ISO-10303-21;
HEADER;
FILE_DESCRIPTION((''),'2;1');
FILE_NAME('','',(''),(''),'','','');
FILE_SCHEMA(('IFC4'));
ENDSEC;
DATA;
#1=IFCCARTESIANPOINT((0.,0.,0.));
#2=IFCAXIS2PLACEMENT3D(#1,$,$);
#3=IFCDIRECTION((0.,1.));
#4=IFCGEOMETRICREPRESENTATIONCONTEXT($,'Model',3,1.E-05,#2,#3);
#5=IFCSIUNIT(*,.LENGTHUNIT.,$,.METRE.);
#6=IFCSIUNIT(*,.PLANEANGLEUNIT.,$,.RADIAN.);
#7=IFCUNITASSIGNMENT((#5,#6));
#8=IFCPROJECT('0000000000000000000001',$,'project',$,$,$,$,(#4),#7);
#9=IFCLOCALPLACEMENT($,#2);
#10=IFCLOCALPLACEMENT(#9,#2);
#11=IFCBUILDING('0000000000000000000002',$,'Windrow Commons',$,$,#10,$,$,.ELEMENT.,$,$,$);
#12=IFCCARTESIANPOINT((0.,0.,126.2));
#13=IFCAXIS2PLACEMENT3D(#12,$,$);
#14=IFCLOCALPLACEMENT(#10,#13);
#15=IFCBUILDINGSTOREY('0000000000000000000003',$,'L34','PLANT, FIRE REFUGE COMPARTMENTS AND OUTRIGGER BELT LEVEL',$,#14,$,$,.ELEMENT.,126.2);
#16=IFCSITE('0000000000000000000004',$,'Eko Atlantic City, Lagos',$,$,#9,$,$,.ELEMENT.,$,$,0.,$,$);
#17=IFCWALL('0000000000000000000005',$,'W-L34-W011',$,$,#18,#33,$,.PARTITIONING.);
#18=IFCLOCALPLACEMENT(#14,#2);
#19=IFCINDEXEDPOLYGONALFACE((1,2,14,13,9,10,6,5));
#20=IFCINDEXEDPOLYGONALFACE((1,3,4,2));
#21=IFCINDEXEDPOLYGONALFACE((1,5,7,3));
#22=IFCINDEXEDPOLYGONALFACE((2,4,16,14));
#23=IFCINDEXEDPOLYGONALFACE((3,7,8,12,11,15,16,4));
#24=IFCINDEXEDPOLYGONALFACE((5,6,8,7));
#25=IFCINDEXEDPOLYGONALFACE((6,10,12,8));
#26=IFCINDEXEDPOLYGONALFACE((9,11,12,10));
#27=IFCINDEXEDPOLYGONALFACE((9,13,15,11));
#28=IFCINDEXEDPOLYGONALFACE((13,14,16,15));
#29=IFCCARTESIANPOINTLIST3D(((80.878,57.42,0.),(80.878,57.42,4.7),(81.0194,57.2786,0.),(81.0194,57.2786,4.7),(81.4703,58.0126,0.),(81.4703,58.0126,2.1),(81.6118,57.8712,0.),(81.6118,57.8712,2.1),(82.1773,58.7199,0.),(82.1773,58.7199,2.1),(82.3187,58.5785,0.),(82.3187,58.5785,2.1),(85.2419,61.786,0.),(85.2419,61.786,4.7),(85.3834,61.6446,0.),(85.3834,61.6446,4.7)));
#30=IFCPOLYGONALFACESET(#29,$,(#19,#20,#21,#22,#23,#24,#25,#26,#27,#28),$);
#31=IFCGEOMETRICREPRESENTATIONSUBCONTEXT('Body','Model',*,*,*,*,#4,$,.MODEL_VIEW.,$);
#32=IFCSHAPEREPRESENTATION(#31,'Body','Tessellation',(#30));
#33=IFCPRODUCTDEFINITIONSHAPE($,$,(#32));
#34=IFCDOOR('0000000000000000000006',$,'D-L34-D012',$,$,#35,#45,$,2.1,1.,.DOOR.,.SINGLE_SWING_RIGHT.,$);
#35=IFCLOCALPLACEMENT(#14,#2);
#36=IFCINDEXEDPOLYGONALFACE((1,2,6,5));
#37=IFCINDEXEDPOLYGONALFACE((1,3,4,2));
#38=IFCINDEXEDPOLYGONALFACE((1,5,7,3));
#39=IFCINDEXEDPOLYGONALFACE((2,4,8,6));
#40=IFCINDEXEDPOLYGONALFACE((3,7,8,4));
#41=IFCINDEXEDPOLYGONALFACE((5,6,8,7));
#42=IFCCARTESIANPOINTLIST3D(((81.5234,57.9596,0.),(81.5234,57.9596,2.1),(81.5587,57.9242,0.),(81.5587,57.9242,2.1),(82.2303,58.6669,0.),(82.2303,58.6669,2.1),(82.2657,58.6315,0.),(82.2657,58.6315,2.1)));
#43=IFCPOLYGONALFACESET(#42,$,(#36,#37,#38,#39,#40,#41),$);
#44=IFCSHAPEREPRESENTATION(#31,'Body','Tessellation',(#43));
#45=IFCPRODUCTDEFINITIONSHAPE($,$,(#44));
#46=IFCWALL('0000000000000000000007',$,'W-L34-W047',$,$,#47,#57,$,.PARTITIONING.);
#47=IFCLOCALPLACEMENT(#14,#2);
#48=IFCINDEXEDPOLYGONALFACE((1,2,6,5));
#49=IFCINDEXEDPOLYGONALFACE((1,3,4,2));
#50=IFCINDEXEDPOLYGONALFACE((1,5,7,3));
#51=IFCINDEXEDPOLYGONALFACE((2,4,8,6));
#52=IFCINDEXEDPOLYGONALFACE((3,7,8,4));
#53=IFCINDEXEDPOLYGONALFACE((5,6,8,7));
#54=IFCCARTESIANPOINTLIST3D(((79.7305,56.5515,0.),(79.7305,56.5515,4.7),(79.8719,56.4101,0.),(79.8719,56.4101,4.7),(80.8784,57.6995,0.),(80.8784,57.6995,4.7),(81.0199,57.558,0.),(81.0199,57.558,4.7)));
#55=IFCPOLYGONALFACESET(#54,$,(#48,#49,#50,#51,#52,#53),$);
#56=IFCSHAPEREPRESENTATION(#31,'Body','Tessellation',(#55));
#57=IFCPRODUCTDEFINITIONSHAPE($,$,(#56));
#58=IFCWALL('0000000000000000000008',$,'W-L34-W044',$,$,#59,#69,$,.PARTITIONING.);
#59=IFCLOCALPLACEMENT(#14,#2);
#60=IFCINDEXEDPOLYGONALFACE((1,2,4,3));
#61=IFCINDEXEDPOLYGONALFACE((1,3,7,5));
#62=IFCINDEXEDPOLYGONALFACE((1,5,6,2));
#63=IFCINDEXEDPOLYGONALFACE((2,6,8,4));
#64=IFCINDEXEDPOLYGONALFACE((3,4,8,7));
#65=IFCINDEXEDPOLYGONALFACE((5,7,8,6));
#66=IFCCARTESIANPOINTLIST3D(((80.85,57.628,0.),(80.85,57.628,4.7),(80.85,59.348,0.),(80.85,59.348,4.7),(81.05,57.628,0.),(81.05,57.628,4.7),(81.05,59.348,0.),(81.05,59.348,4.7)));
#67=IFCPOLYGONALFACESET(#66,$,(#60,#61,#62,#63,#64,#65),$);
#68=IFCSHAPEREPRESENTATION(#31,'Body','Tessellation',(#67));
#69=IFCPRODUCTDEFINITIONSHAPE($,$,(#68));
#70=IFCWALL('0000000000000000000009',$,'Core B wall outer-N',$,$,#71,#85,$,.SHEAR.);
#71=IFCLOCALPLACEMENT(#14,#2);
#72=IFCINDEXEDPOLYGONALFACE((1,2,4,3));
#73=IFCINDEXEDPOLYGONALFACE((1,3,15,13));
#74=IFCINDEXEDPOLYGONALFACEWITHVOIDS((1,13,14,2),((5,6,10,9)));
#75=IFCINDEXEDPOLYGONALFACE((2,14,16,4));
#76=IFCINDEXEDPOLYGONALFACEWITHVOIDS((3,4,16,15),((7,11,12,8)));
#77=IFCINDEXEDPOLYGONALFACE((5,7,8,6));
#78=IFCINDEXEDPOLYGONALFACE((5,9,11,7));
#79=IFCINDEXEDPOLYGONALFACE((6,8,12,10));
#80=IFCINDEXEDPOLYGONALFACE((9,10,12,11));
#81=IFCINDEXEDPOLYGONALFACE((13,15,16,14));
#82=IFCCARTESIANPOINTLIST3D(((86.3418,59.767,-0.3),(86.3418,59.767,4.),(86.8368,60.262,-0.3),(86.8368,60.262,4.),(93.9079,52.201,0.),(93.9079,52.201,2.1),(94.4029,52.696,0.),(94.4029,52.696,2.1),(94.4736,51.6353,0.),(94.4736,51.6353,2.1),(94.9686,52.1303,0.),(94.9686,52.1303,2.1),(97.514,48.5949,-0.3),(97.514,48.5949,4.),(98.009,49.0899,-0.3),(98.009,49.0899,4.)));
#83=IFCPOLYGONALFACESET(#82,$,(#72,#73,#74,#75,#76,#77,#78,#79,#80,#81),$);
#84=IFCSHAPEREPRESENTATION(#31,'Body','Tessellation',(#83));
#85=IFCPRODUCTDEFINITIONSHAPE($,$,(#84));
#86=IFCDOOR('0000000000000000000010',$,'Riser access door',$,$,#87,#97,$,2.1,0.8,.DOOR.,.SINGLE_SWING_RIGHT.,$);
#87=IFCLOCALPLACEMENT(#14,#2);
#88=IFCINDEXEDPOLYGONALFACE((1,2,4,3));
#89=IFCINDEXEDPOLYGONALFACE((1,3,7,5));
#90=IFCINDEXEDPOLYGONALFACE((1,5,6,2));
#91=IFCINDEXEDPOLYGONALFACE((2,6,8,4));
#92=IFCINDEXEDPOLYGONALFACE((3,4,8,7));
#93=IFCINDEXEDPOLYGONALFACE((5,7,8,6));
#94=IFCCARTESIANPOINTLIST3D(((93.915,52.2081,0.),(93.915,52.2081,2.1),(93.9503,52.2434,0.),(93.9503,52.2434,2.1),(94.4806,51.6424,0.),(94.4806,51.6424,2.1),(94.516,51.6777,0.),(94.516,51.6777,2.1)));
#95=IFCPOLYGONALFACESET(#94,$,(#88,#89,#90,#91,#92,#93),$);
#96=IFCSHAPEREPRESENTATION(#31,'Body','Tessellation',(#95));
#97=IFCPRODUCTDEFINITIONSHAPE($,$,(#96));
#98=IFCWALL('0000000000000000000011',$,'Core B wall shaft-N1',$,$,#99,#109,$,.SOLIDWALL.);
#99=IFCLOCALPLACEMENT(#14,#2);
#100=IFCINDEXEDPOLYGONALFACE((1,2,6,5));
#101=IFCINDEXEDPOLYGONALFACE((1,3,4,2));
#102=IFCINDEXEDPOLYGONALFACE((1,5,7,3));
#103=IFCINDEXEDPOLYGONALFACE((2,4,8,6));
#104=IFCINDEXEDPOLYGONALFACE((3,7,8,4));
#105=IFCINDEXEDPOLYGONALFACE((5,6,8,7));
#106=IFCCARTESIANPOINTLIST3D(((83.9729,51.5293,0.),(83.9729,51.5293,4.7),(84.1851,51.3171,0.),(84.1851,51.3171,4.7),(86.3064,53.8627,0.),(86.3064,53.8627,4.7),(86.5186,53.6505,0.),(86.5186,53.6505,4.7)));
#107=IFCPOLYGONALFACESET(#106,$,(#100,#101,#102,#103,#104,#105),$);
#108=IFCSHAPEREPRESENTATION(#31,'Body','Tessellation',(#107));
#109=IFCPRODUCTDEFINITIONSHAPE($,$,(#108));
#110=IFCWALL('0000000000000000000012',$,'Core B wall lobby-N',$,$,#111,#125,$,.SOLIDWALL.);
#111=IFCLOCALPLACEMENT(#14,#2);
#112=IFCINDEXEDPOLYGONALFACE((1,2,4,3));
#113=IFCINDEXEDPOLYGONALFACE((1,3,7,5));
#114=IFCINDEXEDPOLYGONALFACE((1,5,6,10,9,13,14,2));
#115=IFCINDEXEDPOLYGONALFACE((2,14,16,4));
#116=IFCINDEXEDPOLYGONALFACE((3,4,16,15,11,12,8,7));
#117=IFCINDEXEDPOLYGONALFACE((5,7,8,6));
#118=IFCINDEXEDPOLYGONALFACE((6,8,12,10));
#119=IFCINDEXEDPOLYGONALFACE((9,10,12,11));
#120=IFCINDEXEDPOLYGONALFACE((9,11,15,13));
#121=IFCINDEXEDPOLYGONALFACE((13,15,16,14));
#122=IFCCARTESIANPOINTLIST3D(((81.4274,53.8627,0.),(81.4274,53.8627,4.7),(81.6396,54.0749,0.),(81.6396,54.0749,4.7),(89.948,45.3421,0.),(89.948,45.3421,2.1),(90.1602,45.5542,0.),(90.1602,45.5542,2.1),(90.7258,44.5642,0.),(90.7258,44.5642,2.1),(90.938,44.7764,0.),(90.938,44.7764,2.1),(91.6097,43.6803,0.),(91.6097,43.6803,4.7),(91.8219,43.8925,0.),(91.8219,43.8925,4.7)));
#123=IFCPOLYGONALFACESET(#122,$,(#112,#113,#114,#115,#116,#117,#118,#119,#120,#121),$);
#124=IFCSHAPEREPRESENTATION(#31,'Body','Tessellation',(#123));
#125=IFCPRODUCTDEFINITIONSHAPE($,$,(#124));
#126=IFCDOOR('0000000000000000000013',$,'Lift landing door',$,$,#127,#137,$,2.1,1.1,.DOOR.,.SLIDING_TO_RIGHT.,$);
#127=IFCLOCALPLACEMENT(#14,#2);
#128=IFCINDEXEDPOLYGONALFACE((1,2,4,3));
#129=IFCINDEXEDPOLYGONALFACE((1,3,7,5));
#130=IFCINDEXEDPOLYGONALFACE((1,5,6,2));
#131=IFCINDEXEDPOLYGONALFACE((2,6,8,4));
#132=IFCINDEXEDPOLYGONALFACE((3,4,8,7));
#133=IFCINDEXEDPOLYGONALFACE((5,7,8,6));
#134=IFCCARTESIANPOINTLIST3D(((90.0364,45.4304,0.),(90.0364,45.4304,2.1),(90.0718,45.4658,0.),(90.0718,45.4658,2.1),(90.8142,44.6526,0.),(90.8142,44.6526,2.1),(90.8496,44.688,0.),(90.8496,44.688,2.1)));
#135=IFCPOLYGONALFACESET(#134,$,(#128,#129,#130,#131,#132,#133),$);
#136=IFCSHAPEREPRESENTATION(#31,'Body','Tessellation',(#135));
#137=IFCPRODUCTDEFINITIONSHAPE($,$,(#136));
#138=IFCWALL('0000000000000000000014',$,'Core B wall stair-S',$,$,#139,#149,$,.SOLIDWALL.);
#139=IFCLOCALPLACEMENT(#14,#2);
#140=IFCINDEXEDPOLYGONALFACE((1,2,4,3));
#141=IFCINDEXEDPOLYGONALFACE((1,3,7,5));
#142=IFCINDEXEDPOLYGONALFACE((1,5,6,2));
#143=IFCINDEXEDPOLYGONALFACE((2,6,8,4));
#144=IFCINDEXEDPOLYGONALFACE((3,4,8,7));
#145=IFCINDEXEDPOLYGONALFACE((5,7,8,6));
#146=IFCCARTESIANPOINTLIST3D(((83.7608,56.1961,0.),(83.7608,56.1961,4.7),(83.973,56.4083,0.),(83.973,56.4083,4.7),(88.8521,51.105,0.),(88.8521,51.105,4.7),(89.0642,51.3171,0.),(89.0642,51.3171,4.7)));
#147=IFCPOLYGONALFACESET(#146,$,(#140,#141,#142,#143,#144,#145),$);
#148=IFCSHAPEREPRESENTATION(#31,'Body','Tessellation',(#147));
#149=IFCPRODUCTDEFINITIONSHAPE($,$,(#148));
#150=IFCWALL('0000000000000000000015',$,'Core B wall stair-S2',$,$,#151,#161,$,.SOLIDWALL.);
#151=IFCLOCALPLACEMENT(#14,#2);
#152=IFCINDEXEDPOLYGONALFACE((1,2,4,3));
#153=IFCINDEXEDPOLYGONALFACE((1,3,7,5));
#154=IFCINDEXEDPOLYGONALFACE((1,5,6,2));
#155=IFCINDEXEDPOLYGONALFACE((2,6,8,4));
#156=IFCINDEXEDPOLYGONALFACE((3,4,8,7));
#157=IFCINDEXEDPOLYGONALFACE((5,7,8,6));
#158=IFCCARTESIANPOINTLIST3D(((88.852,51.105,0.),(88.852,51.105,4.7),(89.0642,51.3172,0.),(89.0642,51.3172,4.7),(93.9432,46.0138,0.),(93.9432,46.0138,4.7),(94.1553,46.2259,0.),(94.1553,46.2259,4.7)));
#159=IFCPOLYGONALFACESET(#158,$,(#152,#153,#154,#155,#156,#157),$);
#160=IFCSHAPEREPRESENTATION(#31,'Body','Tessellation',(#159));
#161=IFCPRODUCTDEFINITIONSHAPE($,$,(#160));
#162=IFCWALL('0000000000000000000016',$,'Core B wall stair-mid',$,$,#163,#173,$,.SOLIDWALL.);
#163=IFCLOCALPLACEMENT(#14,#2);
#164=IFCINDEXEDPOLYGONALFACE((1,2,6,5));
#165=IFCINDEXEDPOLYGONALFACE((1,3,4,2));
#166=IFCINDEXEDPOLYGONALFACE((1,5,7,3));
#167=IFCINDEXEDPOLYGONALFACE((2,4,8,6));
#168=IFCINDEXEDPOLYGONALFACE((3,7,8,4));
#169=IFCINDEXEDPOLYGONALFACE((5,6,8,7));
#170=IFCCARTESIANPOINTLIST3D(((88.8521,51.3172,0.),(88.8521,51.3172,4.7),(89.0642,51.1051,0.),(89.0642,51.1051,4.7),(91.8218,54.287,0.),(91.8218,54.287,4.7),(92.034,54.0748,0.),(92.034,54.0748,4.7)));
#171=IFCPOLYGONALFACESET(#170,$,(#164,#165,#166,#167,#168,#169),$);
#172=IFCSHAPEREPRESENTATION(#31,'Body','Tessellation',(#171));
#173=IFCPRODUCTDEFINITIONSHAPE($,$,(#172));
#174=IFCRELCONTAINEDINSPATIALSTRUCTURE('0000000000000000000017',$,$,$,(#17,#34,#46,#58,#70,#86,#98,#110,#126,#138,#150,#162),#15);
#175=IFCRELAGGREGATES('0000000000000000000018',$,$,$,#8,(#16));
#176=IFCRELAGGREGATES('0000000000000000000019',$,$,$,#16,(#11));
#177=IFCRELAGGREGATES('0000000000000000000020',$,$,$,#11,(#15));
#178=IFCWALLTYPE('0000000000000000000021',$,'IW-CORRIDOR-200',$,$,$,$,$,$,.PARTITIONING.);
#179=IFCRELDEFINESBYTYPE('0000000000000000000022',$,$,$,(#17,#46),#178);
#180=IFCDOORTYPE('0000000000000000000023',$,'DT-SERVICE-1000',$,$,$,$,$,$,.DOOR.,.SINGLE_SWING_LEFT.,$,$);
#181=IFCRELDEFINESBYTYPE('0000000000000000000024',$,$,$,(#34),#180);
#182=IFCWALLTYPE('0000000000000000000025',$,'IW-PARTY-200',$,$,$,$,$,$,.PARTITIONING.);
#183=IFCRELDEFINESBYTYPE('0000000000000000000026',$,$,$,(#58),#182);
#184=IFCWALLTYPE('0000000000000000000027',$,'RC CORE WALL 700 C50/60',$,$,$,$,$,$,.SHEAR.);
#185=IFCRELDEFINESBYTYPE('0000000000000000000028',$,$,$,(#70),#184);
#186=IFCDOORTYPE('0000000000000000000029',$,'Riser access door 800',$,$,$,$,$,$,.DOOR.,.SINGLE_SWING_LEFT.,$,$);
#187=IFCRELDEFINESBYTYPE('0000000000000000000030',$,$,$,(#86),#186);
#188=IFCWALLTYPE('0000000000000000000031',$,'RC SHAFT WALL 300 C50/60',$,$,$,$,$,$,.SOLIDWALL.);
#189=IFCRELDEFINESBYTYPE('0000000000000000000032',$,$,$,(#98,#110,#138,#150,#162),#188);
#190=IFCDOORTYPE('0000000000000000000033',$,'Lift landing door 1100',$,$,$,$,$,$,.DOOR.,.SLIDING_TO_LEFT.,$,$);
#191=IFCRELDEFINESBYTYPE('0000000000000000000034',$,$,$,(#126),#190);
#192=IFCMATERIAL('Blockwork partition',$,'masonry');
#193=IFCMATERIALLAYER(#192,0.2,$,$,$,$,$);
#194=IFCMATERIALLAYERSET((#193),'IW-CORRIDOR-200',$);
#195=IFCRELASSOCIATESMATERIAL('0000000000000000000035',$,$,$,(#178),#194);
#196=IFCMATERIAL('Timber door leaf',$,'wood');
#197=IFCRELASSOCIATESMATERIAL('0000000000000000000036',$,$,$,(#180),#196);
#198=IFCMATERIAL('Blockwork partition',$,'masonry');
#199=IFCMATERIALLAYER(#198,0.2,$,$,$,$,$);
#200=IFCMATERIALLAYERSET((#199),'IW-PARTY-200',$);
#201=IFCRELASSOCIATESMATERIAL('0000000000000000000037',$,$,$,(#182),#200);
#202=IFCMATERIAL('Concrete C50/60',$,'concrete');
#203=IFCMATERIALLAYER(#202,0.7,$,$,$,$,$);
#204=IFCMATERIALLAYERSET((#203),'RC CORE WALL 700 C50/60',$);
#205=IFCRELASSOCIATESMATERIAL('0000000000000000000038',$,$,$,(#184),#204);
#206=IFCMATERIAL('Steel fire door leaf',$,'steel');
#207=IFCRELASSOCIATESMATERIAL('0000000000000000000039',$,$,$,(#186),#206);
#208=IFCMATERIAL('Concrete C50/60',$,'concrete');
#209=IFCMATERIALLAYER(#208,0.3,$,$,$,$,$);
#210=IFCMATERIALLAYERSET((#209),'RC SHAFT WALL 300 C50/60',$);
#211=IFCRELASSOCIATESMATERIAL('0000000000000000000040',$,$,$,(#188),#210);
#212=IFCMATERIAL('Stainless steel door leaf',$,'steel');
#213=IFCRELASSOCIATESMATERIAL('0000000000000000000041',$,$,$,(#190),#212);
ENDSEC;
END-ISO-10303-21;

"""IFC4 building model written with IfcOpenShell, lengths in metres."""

from ifc_helpers import new_model, si_unit, direction, frame, frame_2d, origin, place, context, subcontext, project, spatial, rectangle, extrude, material, layer, layer_set, type_object, element, fill, save


model = new_model("IFC4")

# Units and contexts
model_context = context("Model", 3, precision=1e-05, world=origin(), true_north=direction((0.0, 1.0)))
body_context = subcontext(model_context, "Body", "Model", "MODEL_VIEW")
ifc_project = project(units=[si_unit("LENGTHUNIT", "METRE"), si_unit("PLANEANGLEUNIT", "RADIAN")], contexts=[model_context])

# Site, building, storey
site_placement = place(None, origin())
site = spatial("IfcSite", under=ifc_project, at=site_placement, Name="Eko Atlantic City, Lagos", CompositionType="ELEMENT", RefElevation=0.0)
building_placement = place(site_placement, origin())
building = spatial("IfcBuilding", under=site, at=building_placement, Name="Windrow Commons", CompositionType="ELEMENT")
storey_placement = place(building_placement, frame((0.0, 0.0, 126.2)))
storey = spatial("IfcBuildingStorey", under=building, at=storey_placement, Name="L34", Description="PLANT, FIRE REFUGE COMPARTMENTS AND OUTRIGGER BELT LEVEL", CompositionType="ELEMENT", Elevation=126.2)

# Wall, opening, door
ifc_material_1 = material(Name="Blockwork partition", Category="masonry")
ifc_layer_1 = layer(ifc_material_1, 0.2)
ifc_layer_set_1 = layer_set([ifc_layer_1], Name="IW-CORRIDOR-200")
wall_type_1 = type_object("IfcWallType", Name="IW-CORRIDOR-200", PredefinedType="PARTITIONING", material=ifc_layer_set_1)
wall_1_placement = place(storey_placement, frame((80.9487, 57.3493, 0.0), z_axis=(0.0, 0.0, 1.0), x_axis=(0.706945, 0.707269, 0.0)))
wall_1 = element("IfcWall", 1, at=wall_1_placement, inside=storey, type_object=wall_type_1, Name="W-L34-W011", PredefinedType="PARTITIONING", context=body_context, shape_type="SweptSolid", body=[
    extrude(rectangle(XDim=6.173, YDim=0.2, at=frame_2d((3.0865, 0.0))), origin(), (0.0, 0.0, 1.0), 4.7),
])
opening_1_placement = place(wall_1_placement, frame((0.8379, 0.0, 0.0)))
opening_1 = element("IfcOpeningElement", 2, at=opening_1_placement, cuts=wall_1, PredefinedType="OPENING", context=body_context, shape_type="SweptSolid", body=[
    extrude(rectangle(XDim=1.0, YDim=2.1, at=frame_2d((0.5, 1.05))), frame((0.0, 0.11, 0.0), z_axis=(0.0, -1.0, 0.0), x_axis=(1.0, 0.0, 0.0)), (0.0, 0.0, 1.0), 0.22),
])
ifc_material_2 = material(Name="Timber door leaf", Category="wood")
door_type_1 = type_object("IfcDoorType", Name="DT-SERVICE-1000", OperationType="SINGLE_SWING_LEFT", PredefinedType="DOOR", material=ifc_material_2)
door_1_placement = place(opening_1_placement, origin())
door_1 = element("IfcDoor", 3, at=door_1_placement, inside=storey, type_object=door_type_1, Name="D-L34-D012", OperationType="SINGLE_SWING_RIGHT", OverallHeight=2.1, OverallWidth=1.0, PredefinedType="DOOR", context=body_context, shape_type="SweptSolid", body=[
    extrude(rectangle(XDim=1.0, YDim=2.1, at=frame_2d((0.5, 1.05))), frame((0.0, 0.025, 0.0), z_axis=(0.0, -1.0, 0.0), x_axis=(1.0, 0.0, 0.0)), (0.0, 0.0, 1.0), 0.05),
])
fill(opening_1, door_1)

# Walls
wall_2_placement = place(storey_placement, frame((79.8012, 56.4808, 0.0), z_axis=(0.0, 0.0, 1.0), x_axis=(0.707107, 0.707107, 0.0)))
element("IfcWall", 4, at=wall_2_placement, inside=storey, type_object=wall_type_1, Name="W-L34-W047", PredefinedType="PARTITIONING", context=body_context, shape_type="SweptSolid", body=[
    extrude(rectangle(XDim=1.6235, YDim=0.2, at=frame_2d((0.8117, 0.0))), origin(), (0.0, 0.0, 1.0), 4.7),
])
ifc_material_3 = material(Name="Blockwork partition", Category="masonry")
ifc_layer_2 = layer(ifc_material_3, 0.2)
ifc_layer_set_2 = layer_set([ifc_layer_2], Name="IW-PARTY-200")
wall_type_2 = type_object("IfcWallType", Name="IW-PARTY-200", PredefinedType="PARTITIONING", material=ifc_layer_set_2)
wall_3_placement = place(storey_placement, frame((80.95, 57.628, 0.0), z_axis=(0.0, 0.0, 1.0), x_axis=(0.0, 1.0, 0.0)))
element("IfcWall", 5, at=wall_3_placement, inside=storey, type_object=wall_type_2, Name="W-L34-W044", PredefinedType="PARTITIONING", context=body_context, shape_type="SweptSolid", body=[
    extrude(rectangle(XDim=1.72, YDim=0.2, at=frame_2d((0.86, 0.0))), origin(), (0.0, 0.0, 1.0), 4.7),
])

# Wall, opening, door
ifc_material_4 = material(Name="Concrete C50/60", Category="concrete")
ifc_layer_3 = layer(ifc_material_4, 0.7)
ifc_layer_set_3 = layer_set([ifc_layer_3], Name="RC CORE WALL 700 C50/60")
wall_type_3 = type_object("IfcWallType", Name="RC CORE WALL 700 C50/60", PredefinedType="SHEAR", material=ifc_layer_set_3)
wall_4_placement = place(storey_placement, frame((86.5893, 60.0145, -0.3), z_axis=(0.0, 0.0, 1.0), x_axis=(0.70711, -0.707104, 0.0)))
wall_4 = element("IfcWall", 6, at=wall_4_placement, inside=storey, type_object=wall_type_3, Name="Core B wall outer-N", PredefinedType="SHEAR", context=body_context, shape_type="SweptSolid", body=[
    extrude(rectangle(XDim=15.7999, YDim=0.7, at=frame_2d((7.8999, 0.0))), origin(), (0.0, 0.0, 1.0), 4.3),
])
opening_2_placement = place(wall_4_placement, frame((10.7, 0.0, 0.3)))
opening_2 = element("IfcOpeningElement", 7, at=opening_2_placement, cuts=wall_4, PredefinedType="OPENING", context=body_context, shape_type="SweptSolid", body=[
    extrude(rectangle(XDim=0.8, YDim=2.1, at=frame_2d((0.4, 1.05))), frame((0.0, 0.36, 0.0), z_axis=(0.0, -1.0, 0.0), x_axis=(1.0, 0.0, 0.0)), (0.0, 0.0, 1.0), 0.72),
])
ifc_material_5 = material(Name="Steel fire door leaf", Category="steel")
door_type_2 = type_object("IfcDoorType", Name="Riser access door 800", OperationType="SINGLE_SWING_LEFT", PredefinedType="DOOR", material=ifc_material_5)
door_2_placement = place(opening_2_placement, origin())
door_2 = element("IfcDoor", 8, at=door_2_placement, inside=storey, type_object=door_type_2, Name="Riser access door", OperationType="SINGLE_SWING_RIGHT", OverallHeight=2.1, OverallWidth=0.8, PredefinedType="DOOR", context=body_context, shape_type="SweptSolid", body=[
    extrude(rectangle(XDim=0.8, YDim=2.1, at=frame_2d((0.4, 1.05))), frame((0.0, -0.29, 0.0), z_axis=(0.0, -1.0, 0.0), x_axis=(1.0, 0.0, 0.0)), (0.0, 0.0, 1.0), 0.05),
])
fill(opening_2, door_2)

# Wall
ifc_material_6 = material(Name="Concrete C50/60", Category="concrete")
ifc_layer_4 = layer(ifc_material_6, 0.3)
ifc_layer_set_4 = layer_set([ifc_layer_4], Name="RC SHAFT WALL 300 C50/60")
wall_type_4 = type_object("IfcWallType", Name="RC SHAFT WALL 300 C50/60", PredefinedType="SOLIDWALL", material=ifc_layer_set_4)
wall_5_placement = place(storey_placement, frame((84.079, 51.4232, 0.0), z_axis=(0.0, 0.0, 1.0), x_axis=(0.707122, 0.707092, 0.0)))
element("IfcWall", 9, at=wall_5_placement, inside=storey, type_object=wall_type_4, Name="Core B wall shaft-N1", PredefinedType="SOLIDWALL", context=body_context, shape_type="SweptSolid", body=[
    extrude(rectangle(XDim=3.3, YDim=0.3, at=frame_2d((1.65, 0.0))), origin(), (0.0, 0.0, 1.0), 4.7),
])

# Wall, opening, door
wall_6_placement = place(storey_placement, frame((81.5335, 53.9688, 0.0), z_axis=(0.0, 0.0, 1.0), x_axis=(0.707103, -0.70711, 0.0)))
wall_6 = element("IfcWall", 10, at=wall_6_placement, inside=storey, type_object=wall_type_4, Name="Core B wall lobby-N", PredefinedType="SOLIDWALL", context=body_context, shape_type="SweptSolid", body=[
    extrude(rectangle(XDim=14.4, YDim=0.3, at=frame_2d((7.2, 0.0))), origin(), (0.0, 0.0, 1.0), 4.7),
])
opening_3_placement = place(wall_6_placement, frame((12.05, 0.0, 0.0)))
opening_3 = element("IfcOpeningElement", 11, at=opening_3_placement, cuts=wall_6, PredefinedType="OPENING", context=body_context, shape_type="SweptSolid", body=[
    extrude(rectangle(XDim=1.1, YDim=2.1, at=frame_2d((0.55, 1.05))), frame((0.0, 0.16, 0.0), z_axis=(0.0, -1.0, 0.0), x_axis=(1.0, 0.0, 0.0)), (0.0, 0.0, 1.0), 0.32),
])
ifc_material_7 = material(Name="Stainless steel door leaf", Category="steel")
door_type_3 = type_object("IfcDoorType", Name="Lift landing door 1100", OperationType="SLIDING_TO_LEFT", PredefinedType="DOOR", material=ifc_material_7)
door_3_placement = place(opening_3_placement, origin())
door_3 = element("IfcDoor", 12, at=door_3_placement, inside=storey, type_object=door_type_3, Name="Lift landing door", OperationType="SLIDING_TO_RIGHT", OverallHeight=2.1, OverallWidth=1.1, PredefinedType="DOOR", context=body_context, shape_type="SweptSolid", body=[
    extrude(rectangle(XDim=1.1, YDim=2.1, at=frame_2d((0.55, 1.05))), frame((0.0, 0.025, 0.0), z_axis=(0.0, -1.0, 0.0), x_axis=(1.0, 0.0, 0.0)), (0.0, 0.0, 1.0), 0.05),
])
fill(opening_3, door_3)

# Walls
for number, where, z_axis, x_axis, name in (
    (13, (83.8669, 56.3022, 0.0), (0.0, 0.0, 1.0), (0.707114, -0.7071, 0.0), "Core B wall stair-S"),
    (14, (88.9581, 51.2111, 0.0), (0.0, 0.0, 1.0), (0.7071, -0.707114, 0.0), "Core B wall stair-S2"),
):
    element("IfcWall", number, at=place(storey_placement, frame(where, z_axis=z_axis, x_axis=x_axis)), inside=storey, type_object=wall_type_4, Name=name, PredefinedType="SOLIDWALL", context=body_context, shape_type="SweptSolid", body=[
        extrude(rectangle(XDim=7.2, YDim=0.3, at=frame_2d((3.6, 0.0))), origin(), (0.0, 0.0, 1.0), 4.7),
    ])
wall_7_placement = place(storey_placement, frame((88.9581, 51.2111, 0.0), z_axis=(0.0, 0.0, 1.0), x_axis=(0.707107, 0.707107, 0.0)))
element("IfcWall", 15, at=wall_7_placement, inside=storey, type_object=wall_type_4, Name="Core B wall stair-mid", PredefinedType="SOLIDWALL", context=body_context, shape_type="SweptSolid", body=[
    extrude(rectangle(XDim=4.1999, YDim=0.3, at=frame_2d((2.1, 0.0))), origin(), (0.0, 0.0, 1.0), 4.7),
])

save(model, "model.ifc")
